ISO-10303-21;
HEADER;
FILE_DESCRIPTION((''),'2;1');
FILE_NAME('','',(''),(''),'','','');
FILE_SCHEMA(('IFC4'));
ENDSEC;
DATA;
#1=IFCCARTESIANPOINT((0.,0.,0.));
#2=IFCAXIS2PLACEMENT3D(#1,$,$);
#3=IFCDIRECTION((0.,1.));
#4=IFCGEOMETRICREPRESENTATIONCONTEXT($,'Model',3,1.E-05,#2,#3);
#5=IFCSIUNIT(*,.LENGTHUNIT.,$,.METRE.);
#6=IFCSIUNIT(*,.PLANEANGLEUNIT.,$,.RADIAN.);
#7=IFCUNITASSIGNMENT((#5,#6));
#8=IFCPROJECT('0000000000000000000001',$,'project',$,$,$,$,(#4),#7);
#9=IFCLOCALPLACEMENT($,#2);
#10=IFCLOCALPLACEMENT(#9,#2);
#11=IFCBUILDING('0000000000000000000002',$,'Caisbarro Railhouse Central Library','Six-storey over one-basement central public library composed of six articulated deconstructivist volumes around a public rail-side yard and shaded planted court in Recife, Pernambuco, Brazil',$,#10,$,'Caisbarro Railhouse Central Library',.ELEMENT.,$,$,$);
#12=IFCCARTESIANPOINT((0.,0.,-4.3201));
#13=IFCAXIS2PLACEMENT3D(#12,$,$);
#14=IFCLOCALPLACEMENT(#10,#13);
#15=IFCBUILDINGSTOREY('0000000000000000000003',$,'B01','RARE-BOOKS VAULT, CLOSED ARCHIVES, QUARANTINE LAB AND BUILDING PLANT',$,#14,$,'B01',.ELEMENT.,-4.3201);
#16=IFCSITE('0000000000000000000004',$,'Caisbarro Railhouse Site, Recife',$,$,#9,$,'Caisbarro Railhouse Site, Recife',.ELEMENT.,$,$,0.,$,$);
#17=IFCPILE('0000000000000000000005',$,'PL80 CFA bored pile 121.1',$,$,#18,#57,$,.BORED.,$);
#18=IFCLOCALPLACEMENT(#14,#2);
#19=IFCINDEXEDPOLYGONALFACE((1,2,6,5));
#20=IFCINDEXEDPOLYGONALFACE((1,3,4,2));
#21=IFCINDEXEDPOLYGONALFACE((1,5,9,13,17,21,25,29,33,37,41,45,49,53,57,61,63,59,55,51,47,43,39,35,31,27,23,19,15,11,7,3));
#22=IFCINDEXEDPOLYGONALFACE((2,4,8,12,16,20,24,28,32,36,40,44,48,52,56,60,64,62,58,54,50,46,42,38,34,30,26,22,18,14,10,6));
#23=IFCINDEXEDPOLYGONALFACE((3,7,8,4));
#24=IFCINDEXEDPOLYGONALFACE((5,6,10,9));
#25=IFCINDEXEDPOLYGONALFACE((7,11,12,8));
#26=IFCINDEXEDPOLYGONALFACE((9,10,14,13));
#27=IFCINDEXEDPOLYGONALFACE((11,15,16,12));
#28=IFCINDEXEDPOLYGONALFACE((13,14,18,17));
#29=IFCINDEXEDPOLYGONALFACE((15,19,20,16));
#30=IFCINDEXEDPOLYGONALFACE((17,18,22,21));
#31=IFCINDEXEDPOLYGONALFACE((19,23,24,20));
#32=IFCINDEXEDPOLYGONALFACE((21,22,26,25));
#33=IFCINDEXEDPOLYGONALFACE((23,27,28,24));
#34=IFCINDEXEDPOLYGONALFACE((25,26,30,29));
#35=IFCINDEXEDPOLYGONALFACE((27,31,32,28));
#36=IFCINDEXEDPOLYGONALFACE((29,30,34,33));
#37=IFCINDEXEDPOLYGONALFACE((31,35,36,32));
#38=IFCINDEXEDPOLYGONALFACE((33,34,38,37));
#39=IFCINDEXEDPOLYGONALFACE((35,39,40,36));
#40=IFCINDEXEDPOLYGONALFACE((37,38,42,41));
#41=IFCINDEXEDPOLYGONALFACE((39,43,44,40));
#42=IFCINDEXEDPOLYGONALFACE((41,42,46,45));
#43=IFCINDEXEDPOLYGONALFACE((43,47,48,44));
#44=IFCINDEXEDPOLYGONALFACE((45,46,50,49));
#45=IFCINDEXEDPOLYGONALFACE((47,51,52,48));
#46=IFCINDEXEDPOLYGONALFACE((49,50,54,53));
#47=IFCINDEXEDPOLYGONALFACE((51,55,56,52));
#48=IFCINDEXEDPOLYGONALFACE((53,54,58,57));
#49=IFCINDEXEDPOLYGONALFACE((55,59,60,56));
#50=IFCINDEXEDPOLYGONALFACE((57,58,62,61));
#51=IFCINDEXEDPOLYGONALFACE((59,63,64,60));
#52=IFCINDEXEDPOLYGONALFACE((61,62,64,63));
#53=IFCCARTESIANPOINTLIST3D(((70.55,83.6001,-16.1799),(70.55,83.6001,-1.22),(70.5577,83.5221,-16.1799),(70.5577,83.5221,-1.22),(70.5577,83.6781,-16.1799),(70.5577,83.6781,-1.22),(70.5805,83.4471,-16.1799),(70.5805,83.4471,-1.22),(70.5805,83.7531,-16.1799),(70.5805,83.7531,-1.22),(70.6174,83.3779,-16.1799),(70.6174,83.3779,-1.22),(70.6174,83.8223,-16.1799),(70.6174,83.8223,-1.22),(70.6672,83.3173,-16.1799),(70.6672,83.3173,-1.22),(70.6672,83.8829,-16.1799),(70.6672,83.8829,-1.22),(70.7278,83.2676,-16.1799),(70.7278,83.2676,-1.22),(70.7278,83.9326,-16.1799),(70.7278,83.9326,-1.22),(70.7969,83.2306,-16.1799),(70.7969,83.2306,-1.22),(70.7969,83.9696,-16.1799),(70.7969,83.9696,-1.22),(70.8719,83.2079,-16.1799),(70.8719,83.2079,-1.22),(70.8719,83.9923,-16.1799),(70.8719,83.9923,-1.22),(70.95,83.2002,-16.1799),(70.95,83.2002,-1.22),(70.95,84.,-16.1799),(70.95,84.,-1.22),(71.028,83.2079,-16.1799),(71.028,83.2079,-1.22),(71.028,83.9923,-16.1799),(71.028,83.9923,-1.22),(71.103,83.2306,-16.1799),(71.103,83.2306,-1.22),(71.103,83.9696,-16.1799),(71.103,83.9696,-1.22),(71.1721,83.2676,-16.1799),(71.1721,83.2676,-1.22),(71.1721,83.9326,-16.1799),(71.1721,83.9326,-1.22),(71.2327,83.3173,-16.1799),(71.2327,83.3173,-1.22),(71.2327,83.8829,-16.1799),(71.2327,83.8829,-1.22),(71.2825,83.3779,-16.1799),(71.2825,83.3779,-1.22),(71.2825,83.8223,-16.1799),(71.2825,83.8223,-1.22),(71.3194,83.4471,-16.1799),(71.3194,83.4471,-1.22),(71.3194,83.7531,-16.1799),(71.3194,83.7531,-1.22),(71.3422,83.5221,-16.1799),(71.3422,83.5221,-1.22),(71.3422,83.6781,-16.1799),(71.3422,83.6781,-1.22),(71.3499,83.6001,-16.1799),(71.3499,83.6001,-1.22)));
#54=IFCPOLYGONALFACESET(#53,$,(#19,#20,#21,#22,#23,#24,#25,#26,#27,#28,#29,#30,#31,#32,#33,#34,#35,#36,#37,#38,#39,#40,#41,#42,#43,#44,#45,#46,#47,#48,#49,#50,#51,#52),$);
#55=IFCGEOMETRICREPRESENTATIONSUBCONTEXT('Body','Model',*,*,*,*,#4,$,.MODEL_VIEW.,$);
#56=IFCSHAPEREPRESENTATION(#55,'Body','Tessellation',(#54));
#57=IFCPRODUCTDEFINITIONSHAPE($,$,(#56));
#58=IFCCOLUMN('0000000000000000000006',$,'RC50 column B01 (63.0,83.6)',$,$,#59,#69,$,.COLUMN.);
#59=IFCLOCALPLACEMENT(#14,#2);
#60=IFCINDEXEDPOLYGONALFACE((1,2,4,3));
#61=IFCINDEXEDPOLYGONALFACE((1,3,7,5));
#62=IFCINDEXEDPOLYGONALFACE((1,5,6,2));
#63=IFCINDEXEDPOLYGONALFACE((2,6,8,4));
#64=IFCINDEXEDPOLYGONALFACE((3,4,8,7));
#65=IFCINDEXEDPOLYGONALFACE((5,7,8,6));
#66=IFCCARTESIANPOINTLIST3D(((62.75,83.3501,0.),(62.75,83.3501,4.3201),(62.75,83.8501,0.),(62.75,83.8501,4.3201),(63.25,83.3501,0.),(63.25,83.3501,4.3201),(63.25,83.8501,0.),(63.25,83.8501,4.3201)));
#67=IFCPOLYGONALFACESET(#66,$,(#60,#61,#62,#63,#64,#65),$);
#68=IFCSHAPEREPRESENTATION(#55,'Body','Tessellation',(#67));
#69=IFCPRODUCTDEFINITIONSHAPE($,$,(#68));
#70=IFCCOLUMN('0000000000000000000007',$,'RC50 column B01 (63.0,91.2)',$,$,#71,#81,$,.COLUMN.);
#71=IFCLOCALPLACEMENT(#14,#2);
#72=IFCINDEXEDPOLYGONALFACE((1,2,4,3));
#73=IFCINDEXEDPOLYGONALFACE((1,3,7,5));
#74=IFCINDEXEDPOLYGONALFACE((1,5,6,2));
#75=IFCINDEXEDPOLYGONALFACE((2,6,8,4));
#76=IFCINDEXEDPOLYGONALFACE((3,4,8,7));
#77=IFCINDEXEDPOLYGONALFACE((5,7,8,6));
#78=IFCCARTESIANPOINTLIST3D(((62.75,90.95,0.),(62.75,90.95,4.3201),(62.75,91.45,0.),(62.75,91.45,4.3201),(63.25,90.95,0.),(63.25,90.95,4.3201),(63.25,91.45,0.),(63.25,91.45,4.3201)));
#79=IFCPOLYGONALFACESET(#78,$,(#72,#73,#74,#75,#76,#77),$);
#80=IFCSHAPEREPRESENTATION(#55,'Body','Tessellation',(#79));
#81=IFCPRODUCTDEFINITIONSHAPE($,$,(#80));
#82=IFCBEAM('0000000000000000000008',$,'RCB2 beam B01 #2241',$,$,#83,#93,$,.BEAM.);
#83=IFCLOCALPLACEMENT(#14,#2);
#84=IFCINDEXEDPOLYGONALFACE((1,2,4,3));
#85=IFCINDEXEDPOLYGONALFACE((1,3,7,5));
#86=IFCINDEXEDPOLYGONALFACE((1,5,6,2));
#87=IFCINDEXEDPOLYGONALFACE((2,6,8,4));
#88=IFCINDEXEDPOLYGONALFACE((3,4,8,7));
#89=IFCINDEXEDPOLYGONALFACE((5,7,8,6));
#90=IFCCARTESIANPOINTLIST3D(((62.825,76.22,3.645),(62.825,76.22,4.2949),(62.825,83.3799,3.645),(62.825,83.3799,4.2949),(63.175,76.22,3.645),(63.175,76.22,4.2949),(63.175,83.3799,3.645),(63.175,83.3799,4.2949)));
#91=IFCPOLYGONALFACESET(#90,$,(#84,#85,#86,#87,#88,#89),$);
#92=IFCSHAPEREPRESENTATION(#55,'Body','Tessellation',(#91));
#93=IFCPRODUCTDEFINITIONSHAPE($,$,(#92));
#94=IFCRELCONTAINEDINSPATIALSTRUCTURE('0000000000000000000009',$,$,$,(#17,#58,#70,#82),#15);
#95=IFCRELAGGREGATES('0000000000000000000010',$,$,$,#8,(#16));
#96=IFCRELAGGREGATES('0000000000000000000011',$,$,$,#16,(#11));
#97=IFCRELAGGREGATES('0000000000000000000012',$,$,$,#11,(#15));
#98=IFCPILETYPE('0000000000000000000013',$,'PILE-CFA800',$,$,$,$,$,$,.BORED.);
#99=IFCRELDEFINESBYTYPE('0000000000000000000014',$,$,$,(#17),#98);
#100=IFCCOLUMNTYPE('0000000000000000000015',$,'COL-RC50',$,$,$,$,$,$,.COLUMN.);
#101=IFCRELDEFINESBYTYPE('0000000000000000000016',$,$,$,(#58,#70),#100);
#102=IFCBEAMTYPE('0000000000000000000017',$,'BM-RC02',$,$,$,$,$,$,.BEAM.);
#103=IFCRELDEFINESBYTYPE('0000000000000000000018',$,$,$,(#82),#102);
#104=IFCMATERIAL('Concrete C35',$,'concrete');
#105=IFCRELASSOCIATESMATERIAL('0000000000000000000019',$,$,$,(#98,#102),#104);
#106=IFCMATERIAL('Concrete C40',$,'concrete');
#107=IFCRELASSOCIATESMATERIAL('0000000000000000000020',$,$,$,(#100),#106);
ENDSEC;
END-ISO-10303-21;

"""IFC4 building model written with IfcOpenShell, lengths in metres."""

from ifc_helpers import new_model, si_unit, direction, frame, origin, origin_2d, place, context, subcontext, project, spatial, rectangle, circle, extrude, material, material_profile, profile_set, type_object, element, save


model = new_model("IFC4")

# Units and contexts
model_context = context("Model", 3, precision=1e-05, world=origin(), true_north=direction((0.0, 1.0)))
body_context = subcontext(model_context, "Body", "Model", "MODEL_VIEW")
ifc_project = project(units=[si_unit("LENGTHUNIT", "METRE"), si_unit("PLANEANGLEUNIT", "RADIAN")], contexts=[model_context])

# Site, building, storey
site_placement = place(None, origin())
site = spatial("IfcSite", under=ifc_project, at=site_placement, Name="Caisbarro Railhouse Site, Recife", LongName="Caisbarro Railhouse Site, Recife", CompositionType="ELEMENT", RefElevation=0.0)
building_placement = place(site_placement, origin())
building = spatial("IfcBuilding", under=site, at=building_placement, Name="Caisbarro Railhouse Central Library", Description="Six-storey over one-basement central public library composed of six articulated deconstructivist volumes around a public rail-side yard and shaded planted court in Recife, Pernambuco, Brazil", LongName="Caisbarro Railhouse Central Library", CompositionType="ELEMENT")
storey_placement = place(building_placement, frame((0.0, 0.0, -4.3201)))
storey = spatial("IfcBuildingStorey", under=building, at=storey_placement, Name="B01", Description="RARE-BOOKS VAULT, CLOSED ARCHIVES, QUARANTINE LAB AND BUILDING PLANT", LongName="B01", CompositionType="ELEMENT", Elevation=-4.3201)

# Shared definitions
ifc_material_1 = material(Name="Concrete C35", Category="concrete")
ifc_material_2 = material(Name="Concrete C40", Category="concrete")

# Pile
ifc_material_profile_1 = material_profile(ifc_material_1, circle(Radius=0.3999, at=origin_2d()), Name="PILE-CFA-800")
ifc_profile_set_1 = profile_set([ifc_material_profile_1], Name="Concrete C35")
pile_type_1 = type_object("IfcPileType", Name="PILE-CFA800", PredefinedType="BORED", material=ifc_profile_set_1)
pile_1_placement = place(storey_placement, frame((70.95, 83.6001, -1.22), z_axis=(0.0, 0.0, -1.0), x_axis=(1.0, 0.0, 0.0)))
element("IfcPile", 1, at=pile_1_placement, inside=storey, type_object=pile_type_1, Name="PL80 CFA bored pile 121.1", PredefinedType="BORED", context=body_context, shape_type="SweptSolid", body=[
    extrude(circle(Radius=0.3999, at=origin_2d()), origin(), (0.0, 0.0, 1.0), 14.96),
])

# Columns
ifc_material_profile_2 = material_profile(ifc_material_2, rectangle(XDim=0.5, YDim=0.5, at=origin_2d()), Name="RC-COL-500X500")
ifc_profile_set_2 = profile_set([ifc_material_profile_2], Name="Concrete C40")
column_type = type_object("IfcColumnType", Name="COL-RC50", PredefinedType="COLUMN", material=ifc_profile_set_2)
for number, where, z_axis, x_axis, name in (
    (2, (63.0, 83.6001, 0.0), (0.0, 0.0, 1.0), (1.0, 0.0, 0.0), "RC50 column B01 (63.0,83.6)"),
    (3, (63.0, 91.2, 0.0), (0.0, 0.0, 1.0), (1.0, 0.0, 0.0), "RC50 column B01 (63.0,91.2)"),
):
    element("IfcColumn", number, at=place(storey_placement, frame(where, z_axis=z_axis, x_axis=x_axis)), inside=storey, type_object=column_type, Name=name, PredefinedType="COLUMN", context=body_context, shape_type="SweptSolid", body=[
        extrude(rectangle(XDim=0.5, YDim=0.5, at=origin_2d()), origin(), (0.0, 0.0, 1.0), 4.3201),
    ])

# Beam
ifc_material_profile_3 = material_profile(ifc_material_1, rectangle(XDim=0.3501, YDim=0.6499, at=origin_2d()), Name="RC-BM-350X650")
ifc_profile_set_3 = profile_set([ifc_material_profile_3], Name="Concrete C35")
beam_type = type_object("IfcBeamType", Name="BM-RC02", PredefinedType="BEAM", material=ifc_profile_set_3)
beam_placement = place(storey_placement, frame((63.0, 76.22, 3.97), z_axis=(0.0, 1.0, 0.0), x_axis=(-1.0, 0.0, 0.0)))
element("IfcBeam", 4, at=beam_placement, inside=storey, type_object=beam_type, Name="RCB2 beam B01 #2241", PredefinedType="BEAM", context=body_context, shape_type="SweptSolid", body=[
    extrude(rectangle(XDim=0.3501, YDim=0.6499, at=origin_2d()), origin(), (0.0, 0.0, 1.0), 7.1599),
])

save(model, "model.ifc")
